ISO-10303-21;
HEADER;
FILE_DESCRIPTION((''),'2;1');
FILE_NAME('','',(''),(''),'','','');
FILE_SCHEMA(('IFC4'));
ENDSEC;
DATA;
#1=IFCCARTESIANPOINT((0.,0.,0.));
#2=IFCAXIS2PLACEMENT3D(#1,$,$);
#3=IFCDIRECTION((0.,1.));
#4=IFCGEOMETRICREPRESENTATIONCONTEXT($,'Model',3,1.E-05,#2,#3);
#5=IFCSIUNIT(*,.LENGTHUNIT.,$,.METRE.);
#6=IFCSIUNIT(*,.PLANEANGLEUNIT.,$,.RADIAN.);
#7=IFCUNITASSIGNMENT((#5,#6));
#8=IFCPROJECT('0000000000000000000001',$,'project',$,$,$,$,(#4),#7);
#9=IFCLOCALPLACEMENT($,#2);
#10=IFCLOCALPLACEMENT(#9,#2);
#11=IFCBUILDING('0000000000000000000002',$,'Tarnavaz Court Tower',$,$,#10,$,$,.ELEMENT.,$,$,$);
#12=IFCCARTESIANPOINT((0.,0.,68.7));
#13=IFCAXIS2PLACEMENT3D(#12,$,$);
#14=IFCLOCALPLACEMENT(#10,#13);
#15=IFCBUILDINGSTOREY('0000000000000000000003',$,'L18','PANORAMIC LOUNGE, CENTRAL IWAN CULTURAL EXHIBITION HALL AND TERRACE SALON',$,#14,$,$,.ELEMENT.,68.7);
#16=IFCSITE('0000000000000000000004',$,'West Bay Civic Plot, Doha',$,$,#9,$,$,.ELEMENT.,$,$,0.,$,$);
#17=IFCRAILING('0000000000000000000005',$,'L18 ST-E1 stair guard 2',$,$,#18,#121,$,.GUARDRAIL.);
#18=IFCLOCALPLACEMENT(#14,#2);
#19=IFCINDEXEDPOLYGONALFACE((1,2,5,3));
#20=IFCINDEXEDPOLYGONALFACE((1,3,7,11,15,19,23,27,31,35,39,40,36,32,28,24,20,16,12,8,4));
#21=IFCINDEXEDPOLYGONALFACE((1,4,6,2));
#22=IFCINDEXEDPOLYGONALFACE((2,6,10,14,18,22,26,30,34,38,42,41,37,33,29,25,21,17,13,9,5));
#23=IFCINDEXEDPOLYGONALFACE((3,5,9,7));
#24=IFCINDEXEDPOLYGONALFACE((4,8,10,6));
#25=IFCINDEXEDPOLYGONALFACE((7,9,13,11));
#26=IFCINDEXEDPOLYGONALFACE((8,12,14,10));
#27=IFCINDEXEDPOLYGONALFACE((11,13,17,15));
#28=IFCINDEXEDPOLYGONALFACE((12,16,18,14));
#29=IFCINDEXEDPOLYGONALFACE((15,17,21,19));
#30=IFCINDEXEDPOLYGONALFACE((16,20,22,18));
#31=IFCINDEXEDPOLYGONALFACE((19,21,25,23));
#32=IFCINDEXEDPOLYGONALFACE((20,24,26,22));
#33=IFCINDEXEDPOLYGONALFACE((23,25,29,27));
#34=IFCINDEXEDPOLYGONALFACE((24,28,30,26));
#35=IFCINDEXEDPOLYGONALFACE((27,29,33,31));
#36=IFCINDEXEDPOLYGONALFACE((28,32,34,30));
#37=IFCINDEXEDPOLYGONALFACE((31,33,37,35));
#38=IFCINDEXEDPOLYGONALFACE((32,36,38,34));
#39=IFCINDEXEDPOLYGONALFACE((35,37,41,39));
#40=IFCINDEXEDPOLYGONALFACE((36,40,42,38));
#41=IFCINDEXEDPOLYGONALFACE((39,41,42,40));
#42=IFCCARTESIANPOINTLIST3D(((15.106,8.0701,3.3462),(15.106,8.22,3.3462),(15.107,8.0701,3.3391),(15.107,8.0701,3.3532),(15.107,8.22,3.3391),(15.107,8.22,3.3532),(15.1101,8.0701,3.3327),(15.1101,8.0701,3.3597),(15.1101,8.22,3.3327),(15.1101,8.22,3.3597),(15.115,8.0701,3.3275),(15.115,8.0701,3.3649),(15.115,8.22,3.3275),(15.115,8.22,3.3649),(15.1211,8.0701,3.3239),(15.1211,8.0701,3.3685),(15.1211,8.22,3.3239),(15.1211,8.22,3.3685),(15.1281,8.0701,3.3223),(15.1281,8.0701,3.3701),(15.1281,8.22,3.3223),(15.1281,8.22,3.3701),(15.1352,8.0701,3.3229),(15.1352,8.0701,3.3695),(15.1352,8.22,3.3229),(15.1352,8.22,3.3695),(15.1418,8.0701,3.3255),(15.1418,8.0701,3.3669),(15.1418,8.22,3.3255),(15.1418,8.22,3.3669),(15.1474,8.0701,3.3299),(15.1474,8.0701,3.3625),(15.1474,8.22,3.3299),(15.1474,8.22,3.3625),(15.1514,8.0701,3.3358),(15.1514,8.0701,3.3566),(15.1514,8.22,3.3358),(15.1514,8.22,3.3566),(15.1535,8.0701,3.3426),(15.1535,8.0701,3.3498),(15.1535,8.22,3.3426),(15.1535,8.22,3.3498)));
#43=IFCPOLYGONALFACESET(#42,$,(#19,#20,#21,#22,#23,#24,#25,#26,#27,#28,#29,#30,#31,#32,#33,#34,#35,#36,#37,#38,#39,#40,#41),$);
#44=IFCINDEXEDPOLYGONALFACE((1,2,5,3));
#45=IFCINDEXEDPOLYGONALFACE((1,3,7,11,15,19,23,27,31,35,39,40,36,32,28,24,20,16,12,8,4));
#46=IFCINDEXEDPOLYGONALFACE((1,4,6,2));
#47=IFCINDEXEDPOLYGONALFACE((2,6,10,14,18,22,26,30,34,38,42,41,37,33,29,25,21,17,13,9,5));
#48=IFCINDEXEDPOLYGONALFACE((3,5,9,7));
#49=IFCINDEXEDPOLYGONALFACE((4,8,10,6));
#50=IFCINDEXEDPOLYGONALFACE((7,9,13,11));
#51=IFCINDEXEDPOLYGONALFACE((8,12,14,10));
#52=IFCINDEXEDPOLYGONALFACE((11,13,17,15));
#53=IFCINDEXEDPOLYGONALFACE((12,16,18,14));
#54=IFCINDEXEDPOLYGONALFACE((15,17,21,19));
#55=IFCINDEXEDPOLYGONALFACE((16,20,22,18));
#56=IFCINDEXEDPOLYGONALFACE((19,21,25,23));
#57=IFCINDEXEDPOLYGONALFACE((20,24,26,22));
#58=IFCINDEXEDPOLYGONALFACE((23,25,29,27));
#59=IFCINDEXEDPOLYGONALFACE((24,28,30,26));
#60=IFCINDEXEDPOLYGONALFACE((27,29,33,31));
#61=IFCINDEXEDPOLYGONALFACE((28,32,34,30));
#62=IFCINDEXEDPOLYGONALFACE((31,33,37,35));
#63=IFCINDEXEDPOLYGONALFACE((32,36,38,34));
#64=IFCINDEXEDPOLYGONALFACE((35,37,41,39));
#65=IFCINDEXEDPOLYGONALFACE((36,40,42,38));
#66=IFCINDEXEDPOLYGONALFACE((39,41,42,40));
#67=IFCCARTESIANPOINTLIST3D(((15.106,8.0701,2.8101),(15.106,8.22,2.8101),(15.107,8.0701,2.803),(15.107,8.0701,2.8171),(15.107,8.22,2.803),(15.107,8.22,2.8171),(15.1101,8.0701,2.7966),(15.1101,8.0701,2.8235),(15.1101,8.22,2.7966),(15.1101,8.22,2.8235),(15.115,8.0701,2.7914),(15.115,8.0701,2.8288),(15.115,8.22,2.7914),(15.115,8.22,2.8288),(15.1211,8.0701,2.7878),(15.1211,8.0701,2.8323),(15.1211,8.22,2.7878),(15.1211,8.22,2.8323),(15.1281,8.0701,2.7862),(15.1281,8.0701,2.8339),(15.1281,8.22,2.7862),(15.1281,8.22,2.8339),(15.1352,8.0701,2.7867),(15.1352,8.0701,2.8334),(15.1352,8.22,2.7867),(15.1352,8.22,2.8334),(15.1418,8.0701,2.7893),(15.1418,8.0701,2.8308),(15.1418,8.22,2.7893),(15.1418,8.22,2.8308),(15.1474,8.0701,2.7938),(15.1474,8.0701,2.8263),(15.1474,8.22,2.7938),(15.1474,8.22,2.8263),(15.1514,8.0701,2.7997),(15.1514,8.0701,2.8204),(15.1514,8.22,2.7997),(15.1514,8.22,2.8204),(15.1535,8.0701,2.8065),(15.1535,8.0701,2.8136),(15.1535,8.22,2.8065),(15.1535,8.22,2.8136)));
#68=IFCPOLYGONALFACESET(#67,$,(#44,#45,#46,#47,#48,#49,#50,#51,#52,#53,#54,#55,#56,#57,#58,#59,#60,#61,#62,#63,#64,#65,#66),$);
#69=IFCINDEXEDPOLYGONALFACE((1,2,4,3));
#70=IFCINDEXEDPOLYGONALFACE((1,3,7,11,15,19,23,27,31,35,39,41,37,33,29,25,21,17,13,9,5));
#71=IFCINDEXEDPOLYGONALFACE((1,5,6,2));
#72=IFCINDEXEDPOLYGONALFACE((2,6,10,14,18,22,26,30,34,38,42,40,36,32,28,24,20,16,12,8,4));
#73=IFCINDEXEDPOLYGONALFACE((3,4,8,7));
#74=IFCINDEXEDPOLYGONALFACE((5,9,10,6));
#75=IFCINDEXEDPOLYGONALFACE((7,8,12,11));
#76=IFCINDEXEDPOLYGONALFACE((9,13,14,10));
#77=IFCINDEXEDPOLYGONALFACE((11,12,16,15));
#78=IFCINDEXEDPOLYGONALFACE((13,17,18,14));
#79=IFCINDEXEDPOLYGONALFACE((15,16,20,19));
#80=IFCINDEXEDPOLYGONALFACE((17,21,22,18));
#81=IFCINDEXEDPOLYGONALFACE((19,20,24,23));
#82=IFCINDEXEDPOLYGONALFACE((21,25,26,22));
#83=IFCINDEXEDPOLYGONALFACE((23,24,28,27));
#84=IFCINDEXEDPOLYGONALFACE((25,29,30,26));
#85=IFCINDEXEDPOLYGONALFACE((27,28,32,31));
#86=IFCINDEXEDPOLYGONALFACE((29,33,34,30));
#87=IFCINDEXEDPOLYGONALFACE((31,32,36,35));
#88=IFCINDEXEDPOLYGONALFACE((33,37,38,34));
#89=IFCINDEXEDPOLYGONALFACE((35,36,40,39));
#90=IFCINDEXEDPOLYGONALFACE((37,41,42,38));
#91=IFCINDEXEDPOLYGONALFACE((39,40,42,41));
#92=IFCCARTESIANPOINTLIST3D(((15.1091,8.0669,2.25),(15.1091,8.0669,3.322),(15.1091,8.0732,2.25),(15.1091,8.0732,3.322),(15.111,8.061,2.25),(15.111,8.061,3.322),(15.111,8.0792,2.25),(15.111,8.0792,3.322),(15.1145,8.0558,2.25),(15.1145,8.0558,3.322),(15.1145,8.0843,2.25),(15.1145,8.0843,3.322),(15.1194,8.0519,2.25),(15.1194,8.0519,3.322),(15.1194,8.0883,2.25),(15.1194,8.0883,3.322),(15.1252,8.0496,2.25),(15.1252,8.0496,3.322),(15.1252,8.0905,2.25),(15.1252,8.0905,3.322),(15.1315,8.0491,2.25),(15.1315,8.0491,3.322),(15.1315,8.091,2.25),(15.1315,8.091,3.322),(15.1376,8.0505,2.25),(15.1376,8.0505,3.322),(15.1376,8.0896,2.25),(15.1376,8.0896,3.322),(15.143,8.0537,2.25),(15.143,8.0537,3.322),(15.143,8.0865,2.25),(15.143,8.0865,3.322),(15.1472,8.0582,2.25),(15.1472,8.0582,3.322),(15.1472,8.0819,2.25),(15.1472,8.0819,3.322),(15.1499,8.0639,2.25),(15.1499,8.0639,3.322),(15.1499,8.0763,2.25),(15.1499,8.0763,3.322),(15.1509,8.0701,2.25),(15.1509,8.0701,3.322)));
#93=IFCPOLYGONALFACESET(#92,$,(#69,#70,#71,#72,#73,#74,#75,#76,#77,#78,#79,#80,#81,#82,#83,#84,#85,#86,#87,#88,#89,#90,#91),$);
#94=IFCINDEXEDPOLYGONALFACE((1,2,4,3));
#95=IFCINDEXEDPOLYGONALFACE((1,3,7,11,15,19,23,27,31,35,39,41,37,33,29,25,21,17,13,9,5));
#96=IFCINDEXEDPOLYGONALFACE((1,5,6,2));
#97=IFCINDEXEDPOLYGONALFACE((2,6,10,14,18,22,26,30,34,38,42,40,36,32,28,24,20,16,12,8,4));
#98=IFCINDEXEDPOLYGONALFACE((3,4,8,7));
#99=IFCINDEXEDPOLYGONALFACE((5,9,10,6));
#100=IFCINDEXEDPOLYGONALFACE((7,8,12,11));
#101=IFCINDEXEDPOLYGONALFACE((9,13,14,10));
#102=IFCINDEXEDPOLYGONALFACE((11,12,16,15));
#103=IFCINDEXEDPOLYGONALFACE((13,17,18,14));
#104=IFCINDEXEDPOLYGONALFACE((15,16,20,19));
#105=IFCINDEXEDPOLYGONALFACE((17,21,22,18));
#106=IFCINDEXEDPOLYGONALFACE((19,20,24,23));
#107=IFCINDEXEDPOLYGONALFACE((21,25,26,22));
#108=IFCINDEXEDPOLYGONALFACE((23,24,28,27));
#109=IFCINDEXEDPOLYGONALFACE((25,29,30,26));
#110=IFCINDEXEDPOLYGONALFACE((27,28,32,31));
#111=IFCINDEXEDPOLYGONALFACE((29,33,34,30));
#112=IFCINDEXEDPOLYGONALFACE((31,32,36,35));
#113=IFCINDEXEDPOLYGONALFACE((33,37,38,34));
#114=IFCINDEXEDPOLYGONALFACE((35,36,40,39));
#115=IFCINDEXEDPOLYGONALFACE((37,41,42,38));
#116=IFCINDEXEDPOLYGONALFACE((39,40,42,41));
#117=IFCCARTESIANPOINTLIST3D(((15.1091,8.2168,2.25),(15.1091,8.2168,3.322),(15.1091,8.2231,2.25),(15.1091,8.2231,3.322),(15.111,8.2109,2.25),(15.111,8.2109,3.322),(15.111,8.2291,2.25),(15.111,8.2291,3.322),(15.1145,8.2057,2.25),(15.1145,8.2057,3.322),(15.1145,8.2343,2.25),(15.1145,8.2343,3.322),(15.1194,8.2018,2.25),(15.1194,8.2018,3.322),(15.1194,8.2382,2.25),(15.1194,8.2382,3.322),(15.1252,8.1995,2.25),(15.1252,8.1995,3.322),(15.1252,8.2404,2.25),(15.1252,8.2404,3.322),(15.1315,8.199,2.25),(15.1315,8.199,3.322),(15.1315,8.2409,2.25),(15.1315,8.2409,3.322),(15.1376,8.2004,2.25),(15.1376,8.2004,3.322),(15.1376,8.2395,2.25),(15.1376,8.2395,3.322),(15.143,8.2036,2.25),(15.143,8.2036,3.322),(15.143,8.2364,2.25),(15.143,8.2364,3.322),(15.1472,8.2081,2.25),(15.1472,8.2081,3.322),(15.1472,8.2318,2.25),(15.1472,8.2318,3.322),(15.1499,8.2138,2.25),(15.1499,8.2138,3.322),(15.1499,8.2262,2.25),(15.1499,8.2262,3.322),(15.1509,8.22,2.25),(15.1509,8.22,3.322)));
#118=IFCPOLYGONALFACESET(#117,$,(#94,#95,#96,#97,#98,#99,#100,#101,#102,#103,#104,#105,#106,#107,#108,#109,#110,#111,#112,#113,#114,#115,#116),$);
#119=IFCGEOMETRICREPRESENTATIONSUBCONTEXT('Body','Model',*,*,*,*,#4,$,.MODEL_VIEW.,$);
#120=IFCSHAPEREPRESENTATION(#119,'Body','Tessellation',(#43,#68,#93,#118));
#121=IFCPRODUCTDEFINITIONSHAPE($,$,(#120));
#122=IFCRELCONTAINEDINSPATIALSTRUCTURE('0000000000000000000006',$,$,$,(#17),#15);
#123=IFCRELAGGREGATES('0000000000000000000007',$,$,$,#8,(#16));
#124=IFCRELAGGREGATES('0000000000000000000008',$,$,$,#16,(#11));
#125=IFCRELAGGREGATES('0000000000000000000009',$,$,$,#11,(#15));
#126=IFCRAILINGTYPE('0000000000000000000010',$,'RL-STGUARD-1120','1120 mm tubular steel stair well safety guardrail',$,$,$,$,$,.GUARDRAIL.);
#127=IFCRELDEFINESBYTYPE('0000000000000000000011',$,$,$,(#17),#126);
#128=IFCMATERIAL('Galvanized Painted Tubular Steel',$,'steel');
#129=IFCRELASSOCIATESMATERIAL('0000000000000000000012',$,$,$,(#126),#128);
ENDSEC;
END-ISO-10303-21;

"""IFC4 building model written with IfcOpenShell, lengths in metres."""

from ifc_helpers import new_model, si_unit, direction, frame, origin, origin_2d, place, context, subcontext, project, spatial, circle, extrude, material, type_object, element, save


model = new_model("IFC4")

# Units and contexts
model_context = context("Model", 3, precision=1e-05, world=origin(), true_north=direction((0.0, 1.0)))
body_context = subcontext(model_context, "Body", "Model", "MODEL_VIEW")
ifc_project = project(units=[si_unit("LENGTHUNIT", "METRE"), si_unit("PLANEANGLEUNIT", "RADIAN")], contexts=[model_context])

# Site, building, storey
site_placement = place(None, origin())
site = spatial("IfcSite", under=ifc_project, at=site_placement, Name="West Bay Civic Plot, Doha", CompositionType="ELEMENT", RefElevation=0.0)
building_placement = place(site_placement, origin())
building = spatial("IfcBuilding", under=site, at=building_placement, Name="Tarnavaz Court Tower", CompositionType="ELEMENT")
storey_placement = place(building_placement, frame((0.0, 0.0, 68.7)))
storey = spatial("IfcBuildingStorey", under=building, at=storey_placement, Name="L18", Description="PANORAMIC LOUNGE, CENTRAL IWAN CULTURAL EXHIBITION HALL AND TERRACE SALON", CompositionType="ELEMENT", Elevation=68.7)

# Railing
ifc_material_1 = material(Name="Galvanized Painted Tubular Steel", Category="steel")
railing_type_1 = type_object("IfcRailingType", Name="RL-STGUARD-1120", Description="1120 mm tubular steel stair well safety guardrail", PredefinedType="GUARDRAIL", material=ifc_material_1)
railing_1_placement = place(storey_placement, frame((15.1299, 8.0701, 2.25)))
element("IfcRailing", 1, at=railing_1_placement, inside=storey, type_object=railing_type_1, Name="L18 ST-E1 stair guard 2", PredefinedType="GUARDRAIL", context=body_context, shape_type="SweptSolid", body=[
    extrude(circle(Radius=0.0239, at=origin_2d()), frame((0.0, 0.0, 1.0962), z_axis=(0.0, 1.0, 0.0), x_axis=(-1.0, 0.0, 0.0)), (0.0, 0.0, 1.0), 0.1499),
    extrude(circle(Radius=0.0239, at=origin_2d()), frame((0.0, 0.0, 0.5601), z_axis=(0.0, 1.0, 0.0), x_axis=(-1.0, 0.0, 0.0)), (0.0, 0.0, 1.0), 0.1499),
    extrude(circle(Radius=0.021, at=origin_2d()), origin(), (0.0, 0.0, 1.0), 1.072),
    extrude(circle(Radius=0.021, at=origin_2d()), frame((0.0, 0.1499, 0.0)), (0.0, 0.0, 1.0), 1.072),
])

save(model, "model.ifc")
